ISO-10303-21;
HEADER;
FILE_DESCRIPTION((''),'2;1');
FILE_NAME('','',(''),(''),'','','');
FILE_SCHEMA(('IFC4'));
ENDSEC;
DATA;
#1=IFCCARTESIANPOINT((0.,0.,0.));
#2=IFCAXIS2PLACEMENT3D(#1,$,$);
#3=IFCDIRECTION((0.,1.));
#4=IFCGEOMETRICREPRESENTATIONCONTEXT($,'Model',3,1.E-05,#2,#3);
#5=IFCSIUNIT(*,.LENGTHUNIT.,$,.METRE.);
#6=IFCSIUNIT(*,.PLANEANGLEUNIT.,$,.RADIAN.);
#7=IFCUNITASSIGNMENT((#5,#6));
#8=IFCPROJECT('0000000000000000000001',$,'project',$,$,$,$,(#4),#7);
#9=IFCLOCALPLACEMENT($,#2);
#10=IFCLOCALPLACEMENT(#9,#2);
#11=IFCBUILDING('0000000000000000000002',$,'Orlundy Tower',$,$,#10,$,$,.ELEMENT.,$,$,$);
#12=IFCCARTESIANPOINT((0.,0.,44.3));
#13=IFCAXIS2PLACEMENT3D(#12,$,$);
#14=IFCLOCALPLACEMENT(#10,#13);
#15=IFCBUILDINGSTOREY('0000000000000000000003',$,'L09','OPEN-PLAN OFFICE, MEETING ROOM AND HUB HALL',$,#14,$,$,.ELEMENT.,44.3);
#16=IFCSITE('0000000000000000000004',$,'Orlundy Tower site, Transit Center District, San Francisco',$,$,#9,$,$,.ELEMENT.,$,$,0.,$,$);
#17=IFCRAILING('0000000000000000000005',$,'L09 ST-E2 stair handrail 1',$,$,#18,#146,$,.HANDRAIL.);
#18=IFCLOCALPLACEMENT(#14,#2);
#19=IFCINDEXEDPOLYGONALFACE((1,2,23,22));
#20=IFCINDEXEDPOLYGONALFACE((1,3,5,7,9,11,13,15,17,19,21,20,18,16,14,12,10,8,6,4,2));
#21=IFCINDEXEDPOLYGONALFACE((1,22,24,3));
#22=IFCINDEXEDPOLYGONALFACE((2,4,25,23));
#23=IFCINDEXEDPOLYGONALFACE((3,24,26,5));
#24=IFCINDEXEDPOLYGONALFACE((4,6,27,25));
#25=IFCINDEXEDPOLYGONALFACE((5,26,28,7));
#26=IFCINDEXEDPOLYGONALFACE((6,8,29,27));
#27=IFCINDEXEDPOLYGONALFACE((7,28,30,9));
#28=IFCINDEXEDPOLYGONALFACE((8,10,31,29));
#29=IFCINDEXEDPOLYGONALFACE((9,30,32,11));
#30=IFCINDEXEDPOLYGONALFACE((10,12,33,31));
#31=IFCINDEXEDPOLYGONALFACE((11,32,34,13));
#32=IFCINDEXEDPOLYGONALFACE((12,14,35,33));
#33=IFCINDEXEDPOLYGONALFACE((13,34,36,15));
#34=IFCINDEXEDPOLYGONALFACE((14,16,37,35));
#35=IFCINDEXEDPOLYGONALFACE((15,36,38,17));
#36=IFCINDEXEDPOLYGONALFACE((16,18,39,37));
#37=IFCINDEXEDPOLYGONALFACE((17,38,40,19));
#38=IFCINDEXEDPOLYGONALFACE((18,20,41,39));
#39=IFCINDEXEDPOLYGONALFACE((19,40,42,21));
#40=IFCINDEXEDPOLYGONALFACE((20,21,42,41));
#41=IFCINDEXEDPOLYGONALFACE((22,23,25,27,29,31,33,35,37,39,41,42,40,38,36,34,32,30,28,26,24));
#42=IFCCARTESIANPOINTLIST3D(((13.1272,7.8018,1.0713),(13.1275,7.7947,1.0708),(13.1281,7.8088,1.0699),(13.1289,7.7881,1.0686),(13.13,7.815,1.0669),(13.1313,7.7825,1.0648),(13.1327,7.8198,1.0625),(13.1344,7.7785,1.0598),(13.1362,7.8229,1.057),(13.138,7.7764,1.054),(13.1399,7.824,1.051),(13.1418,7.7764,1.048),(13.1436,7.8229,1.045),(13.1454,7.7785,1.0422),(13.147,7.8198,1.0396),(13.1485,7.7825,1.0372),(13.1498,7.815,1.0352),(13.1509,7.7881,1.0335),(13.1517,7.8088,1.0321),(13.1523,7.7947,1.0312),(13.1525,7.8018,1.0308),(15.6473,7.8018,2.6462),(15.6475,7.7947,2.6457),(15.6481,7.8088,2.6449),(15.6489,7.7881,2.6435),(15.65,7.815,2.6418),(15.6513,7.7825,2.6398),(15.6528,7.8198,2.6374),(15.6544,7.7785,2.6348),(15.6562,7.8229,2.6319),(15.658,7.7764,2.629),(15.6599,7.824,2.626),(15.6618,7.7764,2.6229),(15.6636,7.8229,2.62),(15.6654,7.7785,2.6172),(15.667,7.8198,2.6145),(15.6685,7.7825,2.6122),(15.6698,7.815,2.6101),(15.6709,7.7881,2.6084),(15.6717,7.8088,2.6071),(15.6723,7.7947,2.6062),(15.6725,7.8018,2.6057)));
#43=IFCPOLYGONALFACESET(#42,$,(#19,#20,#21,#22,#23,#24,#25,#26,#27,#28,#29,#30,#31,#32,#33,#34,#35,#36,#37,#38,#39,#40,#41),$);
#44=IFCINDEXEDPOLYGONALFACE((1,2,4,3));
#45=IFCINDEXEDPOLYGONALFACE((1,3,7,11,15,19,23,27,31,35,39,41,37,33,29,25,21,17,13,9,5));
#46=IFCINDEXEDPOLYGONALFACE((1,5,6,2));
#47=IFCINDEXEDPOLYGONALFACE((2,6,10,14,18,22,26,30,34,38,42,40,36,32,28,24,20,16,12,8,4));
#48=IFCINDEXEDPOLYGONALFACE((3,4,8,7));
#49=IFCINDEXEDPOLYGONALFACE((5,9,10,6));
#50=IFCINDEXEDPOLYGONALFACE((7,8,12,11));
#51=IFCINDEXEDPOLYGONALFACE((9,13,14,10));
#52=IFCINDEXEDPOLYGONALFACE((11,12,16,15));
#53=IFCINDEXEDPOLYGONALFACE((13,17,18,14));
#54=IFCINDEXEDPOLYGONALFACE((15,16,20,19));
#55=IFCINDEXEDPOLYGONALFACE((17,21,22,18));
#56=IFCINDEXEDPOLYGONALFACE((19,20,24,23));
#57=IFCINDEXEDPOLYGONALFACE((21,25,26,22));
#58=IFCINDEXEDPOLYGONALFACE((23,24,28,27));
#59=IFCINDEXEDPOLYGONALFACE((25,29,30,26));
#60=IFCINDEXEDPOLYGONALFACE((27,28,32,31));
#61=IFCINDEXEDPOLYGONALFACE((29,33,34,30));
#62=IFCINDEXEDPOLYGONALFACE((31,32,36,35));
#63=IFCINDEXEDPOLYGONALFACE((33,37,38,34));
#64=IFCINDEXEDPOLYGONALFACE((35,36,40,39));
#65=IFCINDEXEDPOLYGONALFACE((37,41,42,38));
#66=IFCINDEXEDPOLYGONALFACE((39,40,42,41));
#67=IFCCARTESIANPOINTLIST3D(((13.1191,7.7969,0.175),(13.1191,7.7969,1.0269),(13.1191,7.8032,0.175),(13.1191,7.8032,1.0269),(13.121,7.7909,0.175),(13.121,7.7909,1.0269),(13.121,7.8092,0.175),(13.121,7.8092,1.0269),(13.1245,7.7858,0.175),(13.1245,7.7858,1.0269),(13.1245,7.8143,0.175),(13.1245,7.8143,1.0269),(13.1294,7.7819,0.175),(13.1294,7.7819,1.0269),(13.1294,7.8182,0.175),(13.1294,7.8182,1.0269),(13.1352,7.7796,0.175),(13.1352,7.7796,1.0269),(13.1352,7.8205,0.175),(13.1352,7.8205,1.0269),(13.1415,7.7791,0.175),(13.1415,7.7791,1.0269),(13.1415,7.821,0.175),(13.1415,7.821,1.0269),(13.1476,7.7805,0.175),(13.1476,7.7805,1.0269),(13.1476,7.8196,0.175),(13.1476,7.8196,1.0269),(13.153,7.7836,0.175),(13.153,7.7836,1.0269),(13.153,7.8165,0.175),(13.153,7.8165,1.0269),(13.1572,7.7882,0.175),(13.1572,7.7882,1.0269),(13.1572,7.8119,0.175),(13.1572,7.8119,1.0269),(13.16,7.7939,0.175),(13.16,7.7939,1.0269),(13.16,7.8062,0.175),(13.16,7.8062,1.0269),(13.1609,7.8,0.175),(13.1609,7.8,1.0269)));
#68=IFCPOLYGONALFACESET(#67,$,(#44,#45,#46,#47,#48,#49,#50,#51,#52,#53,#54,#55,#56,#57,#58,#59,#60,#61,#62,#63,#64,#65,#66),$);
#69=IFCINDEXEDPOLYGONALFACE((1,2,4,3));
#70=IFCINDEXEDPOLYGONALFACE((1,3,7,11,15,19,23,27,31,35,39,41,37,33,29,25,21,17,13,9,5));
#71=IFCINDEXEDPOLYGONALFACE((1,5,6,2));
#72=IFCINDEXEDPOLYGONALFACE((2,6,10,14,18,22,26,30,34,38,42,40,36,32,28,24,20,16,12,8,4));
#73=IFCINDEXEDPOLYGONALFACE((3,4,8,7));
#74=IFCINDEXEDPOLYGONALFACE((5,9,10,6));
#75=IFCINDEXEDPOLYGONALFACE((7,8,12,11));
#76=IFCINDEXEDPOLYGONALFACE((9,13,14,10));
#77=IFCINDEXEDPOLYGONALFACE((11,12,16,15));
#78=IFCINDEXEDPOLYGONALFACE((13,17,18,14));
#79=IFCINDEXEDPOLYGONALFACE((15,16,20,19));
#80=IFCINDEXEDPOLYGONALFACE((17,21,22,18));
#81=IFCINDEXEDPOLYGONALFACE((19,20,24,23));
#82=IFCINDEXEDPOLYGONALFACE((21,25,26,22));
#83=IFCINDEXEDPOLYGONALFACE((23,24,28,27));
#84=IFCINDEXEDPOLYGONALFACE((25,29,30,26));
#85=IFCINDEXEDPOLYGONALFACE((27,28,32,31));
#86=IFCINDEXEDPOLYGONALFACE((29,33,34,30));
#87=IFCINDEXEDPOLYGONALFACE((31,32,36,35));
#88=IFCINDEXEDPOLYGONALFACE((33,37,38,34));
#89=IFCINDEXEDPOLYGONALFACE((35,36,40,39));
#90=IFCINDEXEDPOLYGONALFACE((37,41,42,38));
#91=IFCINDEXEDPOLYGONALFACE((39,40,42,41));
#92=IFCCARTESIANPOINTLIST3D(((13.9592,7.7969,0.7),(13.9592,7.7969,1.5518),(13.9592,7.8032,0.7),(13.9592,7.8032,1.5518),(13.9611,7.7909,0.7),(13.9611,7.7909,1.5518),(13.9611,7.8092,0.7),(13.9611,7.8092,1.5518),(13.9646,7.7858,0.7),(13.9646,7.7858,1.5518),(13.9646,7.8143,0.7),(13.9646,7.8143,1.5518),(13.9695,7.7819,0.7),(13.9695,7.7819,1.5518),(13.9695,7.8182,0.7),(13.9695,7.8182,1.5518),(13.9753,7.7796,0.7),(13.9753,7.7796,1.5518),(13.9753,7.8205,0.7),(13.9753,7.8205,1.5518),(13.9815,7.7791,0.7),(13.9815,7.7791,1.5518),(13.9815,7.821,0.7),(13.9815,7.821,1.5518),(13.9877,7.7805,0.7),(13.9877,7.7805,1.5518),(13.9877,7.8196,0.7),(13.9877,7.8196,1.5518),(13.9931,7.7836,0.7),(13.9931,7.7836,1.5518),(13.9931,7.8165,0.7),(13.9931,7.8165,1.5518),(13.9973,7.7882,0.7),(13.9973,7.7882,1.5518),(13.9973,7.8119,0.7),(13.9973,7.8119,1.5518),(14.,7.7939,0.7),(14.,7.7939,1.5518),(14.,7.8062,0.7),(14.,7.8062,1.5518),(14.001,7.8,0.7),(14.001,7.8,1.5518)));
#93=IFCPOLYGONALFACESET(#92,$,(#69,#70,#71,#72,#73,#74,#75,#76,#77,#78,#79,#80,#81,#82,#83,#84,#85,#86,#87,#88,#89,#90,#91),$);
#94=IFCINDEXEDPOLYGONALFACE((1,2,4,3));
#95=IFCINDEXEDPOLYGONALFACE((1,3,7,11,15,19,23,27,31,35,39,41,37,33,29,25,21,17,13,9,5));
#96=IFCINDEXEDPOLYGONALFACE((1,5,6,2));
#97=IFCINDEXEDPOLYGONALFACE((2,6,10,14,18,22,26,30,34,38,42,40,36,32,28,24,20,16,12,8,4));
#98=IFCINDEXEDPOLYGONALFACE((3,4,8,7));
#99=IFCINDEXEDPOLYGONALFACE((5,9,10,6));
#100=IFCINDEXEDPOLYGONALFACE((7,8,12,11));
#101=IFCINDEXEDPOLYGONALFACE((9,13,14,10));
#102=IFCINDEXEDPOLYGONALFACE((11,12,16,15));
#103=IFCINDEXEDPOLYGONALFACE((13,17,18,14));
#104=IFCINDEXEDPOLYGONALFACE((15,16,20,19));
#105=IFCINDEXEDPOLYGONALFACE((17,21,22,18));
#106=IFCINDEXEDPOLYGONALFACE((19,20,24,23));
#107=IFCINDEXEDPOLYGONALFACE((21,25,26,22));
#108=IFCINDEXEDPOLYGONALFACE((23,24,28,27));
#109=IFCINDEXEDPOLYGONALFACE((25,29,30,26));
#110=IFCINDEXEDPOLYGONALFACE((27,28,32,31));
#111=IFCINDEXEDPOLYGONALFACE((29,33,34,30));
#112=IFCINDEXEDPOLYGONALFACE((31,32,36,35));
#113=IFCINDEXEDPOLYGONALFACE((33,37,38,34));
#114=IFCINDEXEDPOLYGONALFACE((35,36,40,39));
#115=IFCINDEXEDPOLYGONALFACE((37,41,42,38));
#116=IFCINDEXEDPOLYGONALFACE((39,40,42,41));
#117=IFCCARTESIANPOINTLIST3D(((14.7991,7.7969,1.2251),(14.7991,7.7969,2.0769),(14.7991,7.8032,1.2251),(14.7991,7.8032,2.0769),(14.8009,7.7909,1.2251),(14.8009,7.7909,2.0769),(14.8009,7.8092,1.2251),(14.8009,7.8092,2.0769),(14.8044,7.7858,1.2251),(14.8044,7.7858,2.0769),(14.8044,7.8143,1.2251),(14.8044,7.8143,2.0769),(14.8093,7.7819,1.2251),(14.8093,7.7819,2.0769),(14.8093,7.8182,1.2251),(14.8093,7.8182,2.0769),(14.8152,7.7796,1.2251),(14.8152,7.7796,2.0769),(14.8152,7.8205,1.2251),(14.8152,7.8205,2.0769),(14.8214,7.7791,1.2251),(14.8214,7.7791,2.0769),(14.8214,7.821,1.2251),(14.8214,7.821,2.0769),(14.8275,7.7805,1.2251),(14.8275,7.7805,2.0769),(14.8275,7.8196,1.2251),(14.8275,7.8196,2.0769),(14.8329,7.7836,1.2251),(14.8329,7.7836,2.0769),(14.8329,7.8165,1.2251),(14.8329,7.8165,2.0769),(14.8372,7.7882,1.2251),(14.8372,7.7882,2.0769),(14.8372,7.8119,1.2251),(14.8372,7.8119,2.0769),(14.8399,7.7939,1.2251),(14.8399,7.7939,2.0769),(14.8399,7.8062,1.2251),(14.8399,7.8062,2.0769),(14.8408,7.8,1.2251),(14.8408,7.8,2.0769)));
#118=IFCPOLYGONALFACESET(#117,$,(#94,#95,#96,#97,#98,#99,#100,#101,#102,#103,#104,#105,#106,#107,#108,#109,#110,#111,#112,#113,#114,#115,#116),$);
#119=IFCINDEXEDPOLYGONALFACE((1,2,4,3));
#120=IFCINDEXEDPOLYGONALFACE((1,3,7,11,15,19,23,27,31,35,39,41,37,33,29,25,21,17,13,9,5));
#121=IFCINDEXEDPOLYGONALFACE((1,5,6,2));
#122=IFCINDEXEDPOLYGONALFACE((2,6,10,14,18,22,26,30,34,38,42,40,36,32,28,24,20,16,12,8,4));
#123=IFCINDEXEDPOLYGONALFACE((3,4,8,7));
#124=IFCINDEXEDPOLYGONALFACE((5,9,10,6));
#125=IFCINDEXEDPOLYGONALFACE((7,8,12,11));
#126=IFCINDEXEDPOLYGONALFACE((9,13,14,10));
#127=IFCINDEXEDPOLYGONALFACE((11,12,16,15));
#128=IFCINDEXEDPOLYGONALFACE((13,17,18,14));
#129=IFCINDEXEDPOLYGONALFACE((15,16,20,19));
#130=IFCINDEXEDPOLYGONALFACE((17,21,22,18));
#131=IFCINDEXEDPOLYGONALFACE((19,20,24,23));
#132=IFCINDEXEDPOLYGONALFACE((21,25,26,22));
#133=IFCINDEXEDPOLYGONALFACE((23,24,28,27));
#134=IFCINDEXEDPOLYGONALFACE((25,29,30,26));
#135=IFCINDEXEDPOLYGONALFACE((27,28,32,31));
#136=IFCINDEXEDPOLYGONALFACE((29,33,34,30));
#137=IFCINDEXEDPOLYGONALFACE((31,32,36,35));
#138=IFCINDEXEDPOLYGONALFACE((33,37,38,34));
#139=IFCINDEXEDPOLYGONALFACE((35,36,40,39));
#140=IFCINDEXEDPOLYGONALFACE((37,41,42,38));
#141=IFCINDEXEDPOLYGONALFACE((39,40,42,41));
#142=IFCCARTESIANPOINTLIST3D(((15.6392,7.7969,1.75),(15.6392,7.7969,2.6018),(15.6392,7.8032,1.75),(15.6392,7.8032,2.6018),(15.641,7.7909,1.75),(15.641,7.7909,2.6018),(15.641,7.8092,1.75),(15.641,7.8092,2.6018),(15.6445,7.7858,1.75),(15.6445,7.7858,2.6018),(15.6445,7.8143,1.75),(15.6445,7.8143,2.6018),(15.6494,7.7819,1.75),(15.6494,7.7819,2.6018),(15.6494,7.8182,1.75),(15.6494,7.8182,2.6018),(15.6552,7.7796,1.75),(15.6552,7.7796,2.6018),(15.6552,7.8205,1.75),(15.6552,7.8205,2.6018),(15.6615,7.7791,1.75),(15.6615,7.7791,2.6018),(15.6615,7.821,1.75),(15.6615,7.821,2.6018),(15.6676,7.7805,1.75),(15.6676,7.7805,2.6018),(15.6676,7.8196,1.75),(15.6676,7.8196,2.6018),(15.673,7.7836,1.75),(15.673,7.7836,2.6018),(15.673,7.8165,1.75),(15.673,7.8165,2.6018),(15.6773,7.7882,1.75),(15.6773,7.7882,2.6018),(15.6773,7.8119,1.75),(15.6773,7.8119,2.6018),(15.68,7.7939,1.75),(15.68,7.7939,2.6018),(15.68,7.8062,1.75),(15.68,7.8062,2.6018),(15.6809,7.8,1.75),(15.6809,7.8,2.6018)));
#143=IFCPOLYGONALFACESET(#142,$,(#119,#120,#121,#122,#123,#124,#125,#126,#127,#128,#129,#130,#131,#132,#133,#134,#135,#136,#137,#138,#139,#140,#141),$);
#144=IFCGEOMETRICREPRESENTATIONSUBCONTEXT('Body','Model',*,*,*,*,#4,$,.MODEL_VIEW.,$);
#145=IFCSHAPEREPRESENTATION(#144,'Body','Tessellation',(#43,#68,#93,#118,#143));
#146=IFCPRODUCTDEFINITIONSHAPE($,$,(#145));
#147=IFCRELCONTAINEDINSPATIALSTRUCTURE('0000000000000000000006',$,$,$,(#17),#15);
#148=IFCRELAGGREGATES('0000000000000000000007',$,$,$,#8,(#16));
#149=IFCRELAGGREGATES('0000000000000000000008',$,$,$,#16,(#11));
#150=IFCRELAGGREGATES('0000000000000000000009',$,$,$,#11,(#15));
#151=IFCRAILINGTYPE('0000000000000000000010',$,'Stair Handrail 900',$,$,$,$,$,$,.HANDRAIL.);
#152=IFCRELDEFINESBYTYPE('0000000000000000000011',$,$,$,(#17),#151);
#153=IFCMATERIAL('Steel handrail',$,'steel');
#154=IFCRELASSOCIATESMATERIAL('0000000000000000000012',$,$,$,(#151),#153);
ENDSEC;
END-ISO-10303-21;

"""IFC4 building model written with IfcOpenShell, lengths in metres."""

from ifc_helpers import new_model, si_unit, direction, frame, origin, origin_2d, place, context, subcontext, project, spatial, circle, extrude, material, type_object, element, save


model = new_model("IFC4")

# Units and contexts
model_context = context("Model", 3, precision=1e-05, world=origin(), true_north=direction((0.0, 1.0)))
body_context = subcontext(model_context, "Body", "Model", "MODEL_VIEW")
ifc_project = project(units=[si_unit("LENGTHUNIT", "METRE"), si_unit("PLANEANGLEUNIT", "RADIAN")], contexts=[model_context])

# Site, building, storey
site_placement = place(None, origin())
site = spatial("IfcSite", under=ifc_project, at=site_placement, Name="Orlundy Tower site, Transit Center District, San Francisco", CompositionType="ELEMENT", RefElevation=0.0)
building_placement = place(site_placement, origin())
building = spatial("IfcBuilding", under=site, at=building_placement, Name="Orlundy Tower", CompositionType="ELEMENT")
storey_placement = place(building_placement, frame((0.0, 0.0, 44.3)))
storey = spatial("IfcBuildingStorey", under=building, at=storey_placement, Name="L09", Description="OPEN-PLAN OFFICE, MEETING ROOM AND HUB HALL", CompositionType="ELEMENT", Elevation=44.3)

# Railing
ifc_material_1 = material(Name="Steel handrail", Category="steel")
railing_type_1 = type_object("IfcRailingType", Name="Stair Handrail 900", PredefinedType="HANDRAIL", material=ifc_material_1)
railing_1_placement = place(storey_placement, frame((13.1399, 7.8, 0.175)))
element("IfcRailing", 1, at=railing_1_placement, inside=storey, type_object=railing_type_1, Name="L09 ST-E2 stair handrail 1", PredefinedType="HANDRAIL", context=body_context, shape_type="SweptSolid", body=[
    extrude(circle(Radius=0.0239, at=origin_2d()), frame((0.0, 0.0, 0.876), z_axis=(0.848008, 0.0, 0.529984), x_axis=(0.0, 1.0, 0.0)), (0.0, 0.0, 1.0), 2.9717),
    extrude(circle(Radius=0.021, at=origin_2d()), origin(), (0.0, 0.0, 1.0), 0.8518),
    extrude(circle(Radius=0.021, at=origin_2d()), frame((0.8401, 0.0, 0.5249)), (0.0, 0.0, 1.0), 0.8518),
    extrude(circle(Radius=0.021, at=origin_2d()), frame((1.6799, 0.0, 1.05)), (0.0, 0.0, 1.0), 0.8518),
    extrude(circle(Radius=0.021, at=origin_2d()), frame((2.52, 0.0, 1.575)), (0.0, 0.0, 1.0), 0.8518),
])

save(model, "model.ifc")
